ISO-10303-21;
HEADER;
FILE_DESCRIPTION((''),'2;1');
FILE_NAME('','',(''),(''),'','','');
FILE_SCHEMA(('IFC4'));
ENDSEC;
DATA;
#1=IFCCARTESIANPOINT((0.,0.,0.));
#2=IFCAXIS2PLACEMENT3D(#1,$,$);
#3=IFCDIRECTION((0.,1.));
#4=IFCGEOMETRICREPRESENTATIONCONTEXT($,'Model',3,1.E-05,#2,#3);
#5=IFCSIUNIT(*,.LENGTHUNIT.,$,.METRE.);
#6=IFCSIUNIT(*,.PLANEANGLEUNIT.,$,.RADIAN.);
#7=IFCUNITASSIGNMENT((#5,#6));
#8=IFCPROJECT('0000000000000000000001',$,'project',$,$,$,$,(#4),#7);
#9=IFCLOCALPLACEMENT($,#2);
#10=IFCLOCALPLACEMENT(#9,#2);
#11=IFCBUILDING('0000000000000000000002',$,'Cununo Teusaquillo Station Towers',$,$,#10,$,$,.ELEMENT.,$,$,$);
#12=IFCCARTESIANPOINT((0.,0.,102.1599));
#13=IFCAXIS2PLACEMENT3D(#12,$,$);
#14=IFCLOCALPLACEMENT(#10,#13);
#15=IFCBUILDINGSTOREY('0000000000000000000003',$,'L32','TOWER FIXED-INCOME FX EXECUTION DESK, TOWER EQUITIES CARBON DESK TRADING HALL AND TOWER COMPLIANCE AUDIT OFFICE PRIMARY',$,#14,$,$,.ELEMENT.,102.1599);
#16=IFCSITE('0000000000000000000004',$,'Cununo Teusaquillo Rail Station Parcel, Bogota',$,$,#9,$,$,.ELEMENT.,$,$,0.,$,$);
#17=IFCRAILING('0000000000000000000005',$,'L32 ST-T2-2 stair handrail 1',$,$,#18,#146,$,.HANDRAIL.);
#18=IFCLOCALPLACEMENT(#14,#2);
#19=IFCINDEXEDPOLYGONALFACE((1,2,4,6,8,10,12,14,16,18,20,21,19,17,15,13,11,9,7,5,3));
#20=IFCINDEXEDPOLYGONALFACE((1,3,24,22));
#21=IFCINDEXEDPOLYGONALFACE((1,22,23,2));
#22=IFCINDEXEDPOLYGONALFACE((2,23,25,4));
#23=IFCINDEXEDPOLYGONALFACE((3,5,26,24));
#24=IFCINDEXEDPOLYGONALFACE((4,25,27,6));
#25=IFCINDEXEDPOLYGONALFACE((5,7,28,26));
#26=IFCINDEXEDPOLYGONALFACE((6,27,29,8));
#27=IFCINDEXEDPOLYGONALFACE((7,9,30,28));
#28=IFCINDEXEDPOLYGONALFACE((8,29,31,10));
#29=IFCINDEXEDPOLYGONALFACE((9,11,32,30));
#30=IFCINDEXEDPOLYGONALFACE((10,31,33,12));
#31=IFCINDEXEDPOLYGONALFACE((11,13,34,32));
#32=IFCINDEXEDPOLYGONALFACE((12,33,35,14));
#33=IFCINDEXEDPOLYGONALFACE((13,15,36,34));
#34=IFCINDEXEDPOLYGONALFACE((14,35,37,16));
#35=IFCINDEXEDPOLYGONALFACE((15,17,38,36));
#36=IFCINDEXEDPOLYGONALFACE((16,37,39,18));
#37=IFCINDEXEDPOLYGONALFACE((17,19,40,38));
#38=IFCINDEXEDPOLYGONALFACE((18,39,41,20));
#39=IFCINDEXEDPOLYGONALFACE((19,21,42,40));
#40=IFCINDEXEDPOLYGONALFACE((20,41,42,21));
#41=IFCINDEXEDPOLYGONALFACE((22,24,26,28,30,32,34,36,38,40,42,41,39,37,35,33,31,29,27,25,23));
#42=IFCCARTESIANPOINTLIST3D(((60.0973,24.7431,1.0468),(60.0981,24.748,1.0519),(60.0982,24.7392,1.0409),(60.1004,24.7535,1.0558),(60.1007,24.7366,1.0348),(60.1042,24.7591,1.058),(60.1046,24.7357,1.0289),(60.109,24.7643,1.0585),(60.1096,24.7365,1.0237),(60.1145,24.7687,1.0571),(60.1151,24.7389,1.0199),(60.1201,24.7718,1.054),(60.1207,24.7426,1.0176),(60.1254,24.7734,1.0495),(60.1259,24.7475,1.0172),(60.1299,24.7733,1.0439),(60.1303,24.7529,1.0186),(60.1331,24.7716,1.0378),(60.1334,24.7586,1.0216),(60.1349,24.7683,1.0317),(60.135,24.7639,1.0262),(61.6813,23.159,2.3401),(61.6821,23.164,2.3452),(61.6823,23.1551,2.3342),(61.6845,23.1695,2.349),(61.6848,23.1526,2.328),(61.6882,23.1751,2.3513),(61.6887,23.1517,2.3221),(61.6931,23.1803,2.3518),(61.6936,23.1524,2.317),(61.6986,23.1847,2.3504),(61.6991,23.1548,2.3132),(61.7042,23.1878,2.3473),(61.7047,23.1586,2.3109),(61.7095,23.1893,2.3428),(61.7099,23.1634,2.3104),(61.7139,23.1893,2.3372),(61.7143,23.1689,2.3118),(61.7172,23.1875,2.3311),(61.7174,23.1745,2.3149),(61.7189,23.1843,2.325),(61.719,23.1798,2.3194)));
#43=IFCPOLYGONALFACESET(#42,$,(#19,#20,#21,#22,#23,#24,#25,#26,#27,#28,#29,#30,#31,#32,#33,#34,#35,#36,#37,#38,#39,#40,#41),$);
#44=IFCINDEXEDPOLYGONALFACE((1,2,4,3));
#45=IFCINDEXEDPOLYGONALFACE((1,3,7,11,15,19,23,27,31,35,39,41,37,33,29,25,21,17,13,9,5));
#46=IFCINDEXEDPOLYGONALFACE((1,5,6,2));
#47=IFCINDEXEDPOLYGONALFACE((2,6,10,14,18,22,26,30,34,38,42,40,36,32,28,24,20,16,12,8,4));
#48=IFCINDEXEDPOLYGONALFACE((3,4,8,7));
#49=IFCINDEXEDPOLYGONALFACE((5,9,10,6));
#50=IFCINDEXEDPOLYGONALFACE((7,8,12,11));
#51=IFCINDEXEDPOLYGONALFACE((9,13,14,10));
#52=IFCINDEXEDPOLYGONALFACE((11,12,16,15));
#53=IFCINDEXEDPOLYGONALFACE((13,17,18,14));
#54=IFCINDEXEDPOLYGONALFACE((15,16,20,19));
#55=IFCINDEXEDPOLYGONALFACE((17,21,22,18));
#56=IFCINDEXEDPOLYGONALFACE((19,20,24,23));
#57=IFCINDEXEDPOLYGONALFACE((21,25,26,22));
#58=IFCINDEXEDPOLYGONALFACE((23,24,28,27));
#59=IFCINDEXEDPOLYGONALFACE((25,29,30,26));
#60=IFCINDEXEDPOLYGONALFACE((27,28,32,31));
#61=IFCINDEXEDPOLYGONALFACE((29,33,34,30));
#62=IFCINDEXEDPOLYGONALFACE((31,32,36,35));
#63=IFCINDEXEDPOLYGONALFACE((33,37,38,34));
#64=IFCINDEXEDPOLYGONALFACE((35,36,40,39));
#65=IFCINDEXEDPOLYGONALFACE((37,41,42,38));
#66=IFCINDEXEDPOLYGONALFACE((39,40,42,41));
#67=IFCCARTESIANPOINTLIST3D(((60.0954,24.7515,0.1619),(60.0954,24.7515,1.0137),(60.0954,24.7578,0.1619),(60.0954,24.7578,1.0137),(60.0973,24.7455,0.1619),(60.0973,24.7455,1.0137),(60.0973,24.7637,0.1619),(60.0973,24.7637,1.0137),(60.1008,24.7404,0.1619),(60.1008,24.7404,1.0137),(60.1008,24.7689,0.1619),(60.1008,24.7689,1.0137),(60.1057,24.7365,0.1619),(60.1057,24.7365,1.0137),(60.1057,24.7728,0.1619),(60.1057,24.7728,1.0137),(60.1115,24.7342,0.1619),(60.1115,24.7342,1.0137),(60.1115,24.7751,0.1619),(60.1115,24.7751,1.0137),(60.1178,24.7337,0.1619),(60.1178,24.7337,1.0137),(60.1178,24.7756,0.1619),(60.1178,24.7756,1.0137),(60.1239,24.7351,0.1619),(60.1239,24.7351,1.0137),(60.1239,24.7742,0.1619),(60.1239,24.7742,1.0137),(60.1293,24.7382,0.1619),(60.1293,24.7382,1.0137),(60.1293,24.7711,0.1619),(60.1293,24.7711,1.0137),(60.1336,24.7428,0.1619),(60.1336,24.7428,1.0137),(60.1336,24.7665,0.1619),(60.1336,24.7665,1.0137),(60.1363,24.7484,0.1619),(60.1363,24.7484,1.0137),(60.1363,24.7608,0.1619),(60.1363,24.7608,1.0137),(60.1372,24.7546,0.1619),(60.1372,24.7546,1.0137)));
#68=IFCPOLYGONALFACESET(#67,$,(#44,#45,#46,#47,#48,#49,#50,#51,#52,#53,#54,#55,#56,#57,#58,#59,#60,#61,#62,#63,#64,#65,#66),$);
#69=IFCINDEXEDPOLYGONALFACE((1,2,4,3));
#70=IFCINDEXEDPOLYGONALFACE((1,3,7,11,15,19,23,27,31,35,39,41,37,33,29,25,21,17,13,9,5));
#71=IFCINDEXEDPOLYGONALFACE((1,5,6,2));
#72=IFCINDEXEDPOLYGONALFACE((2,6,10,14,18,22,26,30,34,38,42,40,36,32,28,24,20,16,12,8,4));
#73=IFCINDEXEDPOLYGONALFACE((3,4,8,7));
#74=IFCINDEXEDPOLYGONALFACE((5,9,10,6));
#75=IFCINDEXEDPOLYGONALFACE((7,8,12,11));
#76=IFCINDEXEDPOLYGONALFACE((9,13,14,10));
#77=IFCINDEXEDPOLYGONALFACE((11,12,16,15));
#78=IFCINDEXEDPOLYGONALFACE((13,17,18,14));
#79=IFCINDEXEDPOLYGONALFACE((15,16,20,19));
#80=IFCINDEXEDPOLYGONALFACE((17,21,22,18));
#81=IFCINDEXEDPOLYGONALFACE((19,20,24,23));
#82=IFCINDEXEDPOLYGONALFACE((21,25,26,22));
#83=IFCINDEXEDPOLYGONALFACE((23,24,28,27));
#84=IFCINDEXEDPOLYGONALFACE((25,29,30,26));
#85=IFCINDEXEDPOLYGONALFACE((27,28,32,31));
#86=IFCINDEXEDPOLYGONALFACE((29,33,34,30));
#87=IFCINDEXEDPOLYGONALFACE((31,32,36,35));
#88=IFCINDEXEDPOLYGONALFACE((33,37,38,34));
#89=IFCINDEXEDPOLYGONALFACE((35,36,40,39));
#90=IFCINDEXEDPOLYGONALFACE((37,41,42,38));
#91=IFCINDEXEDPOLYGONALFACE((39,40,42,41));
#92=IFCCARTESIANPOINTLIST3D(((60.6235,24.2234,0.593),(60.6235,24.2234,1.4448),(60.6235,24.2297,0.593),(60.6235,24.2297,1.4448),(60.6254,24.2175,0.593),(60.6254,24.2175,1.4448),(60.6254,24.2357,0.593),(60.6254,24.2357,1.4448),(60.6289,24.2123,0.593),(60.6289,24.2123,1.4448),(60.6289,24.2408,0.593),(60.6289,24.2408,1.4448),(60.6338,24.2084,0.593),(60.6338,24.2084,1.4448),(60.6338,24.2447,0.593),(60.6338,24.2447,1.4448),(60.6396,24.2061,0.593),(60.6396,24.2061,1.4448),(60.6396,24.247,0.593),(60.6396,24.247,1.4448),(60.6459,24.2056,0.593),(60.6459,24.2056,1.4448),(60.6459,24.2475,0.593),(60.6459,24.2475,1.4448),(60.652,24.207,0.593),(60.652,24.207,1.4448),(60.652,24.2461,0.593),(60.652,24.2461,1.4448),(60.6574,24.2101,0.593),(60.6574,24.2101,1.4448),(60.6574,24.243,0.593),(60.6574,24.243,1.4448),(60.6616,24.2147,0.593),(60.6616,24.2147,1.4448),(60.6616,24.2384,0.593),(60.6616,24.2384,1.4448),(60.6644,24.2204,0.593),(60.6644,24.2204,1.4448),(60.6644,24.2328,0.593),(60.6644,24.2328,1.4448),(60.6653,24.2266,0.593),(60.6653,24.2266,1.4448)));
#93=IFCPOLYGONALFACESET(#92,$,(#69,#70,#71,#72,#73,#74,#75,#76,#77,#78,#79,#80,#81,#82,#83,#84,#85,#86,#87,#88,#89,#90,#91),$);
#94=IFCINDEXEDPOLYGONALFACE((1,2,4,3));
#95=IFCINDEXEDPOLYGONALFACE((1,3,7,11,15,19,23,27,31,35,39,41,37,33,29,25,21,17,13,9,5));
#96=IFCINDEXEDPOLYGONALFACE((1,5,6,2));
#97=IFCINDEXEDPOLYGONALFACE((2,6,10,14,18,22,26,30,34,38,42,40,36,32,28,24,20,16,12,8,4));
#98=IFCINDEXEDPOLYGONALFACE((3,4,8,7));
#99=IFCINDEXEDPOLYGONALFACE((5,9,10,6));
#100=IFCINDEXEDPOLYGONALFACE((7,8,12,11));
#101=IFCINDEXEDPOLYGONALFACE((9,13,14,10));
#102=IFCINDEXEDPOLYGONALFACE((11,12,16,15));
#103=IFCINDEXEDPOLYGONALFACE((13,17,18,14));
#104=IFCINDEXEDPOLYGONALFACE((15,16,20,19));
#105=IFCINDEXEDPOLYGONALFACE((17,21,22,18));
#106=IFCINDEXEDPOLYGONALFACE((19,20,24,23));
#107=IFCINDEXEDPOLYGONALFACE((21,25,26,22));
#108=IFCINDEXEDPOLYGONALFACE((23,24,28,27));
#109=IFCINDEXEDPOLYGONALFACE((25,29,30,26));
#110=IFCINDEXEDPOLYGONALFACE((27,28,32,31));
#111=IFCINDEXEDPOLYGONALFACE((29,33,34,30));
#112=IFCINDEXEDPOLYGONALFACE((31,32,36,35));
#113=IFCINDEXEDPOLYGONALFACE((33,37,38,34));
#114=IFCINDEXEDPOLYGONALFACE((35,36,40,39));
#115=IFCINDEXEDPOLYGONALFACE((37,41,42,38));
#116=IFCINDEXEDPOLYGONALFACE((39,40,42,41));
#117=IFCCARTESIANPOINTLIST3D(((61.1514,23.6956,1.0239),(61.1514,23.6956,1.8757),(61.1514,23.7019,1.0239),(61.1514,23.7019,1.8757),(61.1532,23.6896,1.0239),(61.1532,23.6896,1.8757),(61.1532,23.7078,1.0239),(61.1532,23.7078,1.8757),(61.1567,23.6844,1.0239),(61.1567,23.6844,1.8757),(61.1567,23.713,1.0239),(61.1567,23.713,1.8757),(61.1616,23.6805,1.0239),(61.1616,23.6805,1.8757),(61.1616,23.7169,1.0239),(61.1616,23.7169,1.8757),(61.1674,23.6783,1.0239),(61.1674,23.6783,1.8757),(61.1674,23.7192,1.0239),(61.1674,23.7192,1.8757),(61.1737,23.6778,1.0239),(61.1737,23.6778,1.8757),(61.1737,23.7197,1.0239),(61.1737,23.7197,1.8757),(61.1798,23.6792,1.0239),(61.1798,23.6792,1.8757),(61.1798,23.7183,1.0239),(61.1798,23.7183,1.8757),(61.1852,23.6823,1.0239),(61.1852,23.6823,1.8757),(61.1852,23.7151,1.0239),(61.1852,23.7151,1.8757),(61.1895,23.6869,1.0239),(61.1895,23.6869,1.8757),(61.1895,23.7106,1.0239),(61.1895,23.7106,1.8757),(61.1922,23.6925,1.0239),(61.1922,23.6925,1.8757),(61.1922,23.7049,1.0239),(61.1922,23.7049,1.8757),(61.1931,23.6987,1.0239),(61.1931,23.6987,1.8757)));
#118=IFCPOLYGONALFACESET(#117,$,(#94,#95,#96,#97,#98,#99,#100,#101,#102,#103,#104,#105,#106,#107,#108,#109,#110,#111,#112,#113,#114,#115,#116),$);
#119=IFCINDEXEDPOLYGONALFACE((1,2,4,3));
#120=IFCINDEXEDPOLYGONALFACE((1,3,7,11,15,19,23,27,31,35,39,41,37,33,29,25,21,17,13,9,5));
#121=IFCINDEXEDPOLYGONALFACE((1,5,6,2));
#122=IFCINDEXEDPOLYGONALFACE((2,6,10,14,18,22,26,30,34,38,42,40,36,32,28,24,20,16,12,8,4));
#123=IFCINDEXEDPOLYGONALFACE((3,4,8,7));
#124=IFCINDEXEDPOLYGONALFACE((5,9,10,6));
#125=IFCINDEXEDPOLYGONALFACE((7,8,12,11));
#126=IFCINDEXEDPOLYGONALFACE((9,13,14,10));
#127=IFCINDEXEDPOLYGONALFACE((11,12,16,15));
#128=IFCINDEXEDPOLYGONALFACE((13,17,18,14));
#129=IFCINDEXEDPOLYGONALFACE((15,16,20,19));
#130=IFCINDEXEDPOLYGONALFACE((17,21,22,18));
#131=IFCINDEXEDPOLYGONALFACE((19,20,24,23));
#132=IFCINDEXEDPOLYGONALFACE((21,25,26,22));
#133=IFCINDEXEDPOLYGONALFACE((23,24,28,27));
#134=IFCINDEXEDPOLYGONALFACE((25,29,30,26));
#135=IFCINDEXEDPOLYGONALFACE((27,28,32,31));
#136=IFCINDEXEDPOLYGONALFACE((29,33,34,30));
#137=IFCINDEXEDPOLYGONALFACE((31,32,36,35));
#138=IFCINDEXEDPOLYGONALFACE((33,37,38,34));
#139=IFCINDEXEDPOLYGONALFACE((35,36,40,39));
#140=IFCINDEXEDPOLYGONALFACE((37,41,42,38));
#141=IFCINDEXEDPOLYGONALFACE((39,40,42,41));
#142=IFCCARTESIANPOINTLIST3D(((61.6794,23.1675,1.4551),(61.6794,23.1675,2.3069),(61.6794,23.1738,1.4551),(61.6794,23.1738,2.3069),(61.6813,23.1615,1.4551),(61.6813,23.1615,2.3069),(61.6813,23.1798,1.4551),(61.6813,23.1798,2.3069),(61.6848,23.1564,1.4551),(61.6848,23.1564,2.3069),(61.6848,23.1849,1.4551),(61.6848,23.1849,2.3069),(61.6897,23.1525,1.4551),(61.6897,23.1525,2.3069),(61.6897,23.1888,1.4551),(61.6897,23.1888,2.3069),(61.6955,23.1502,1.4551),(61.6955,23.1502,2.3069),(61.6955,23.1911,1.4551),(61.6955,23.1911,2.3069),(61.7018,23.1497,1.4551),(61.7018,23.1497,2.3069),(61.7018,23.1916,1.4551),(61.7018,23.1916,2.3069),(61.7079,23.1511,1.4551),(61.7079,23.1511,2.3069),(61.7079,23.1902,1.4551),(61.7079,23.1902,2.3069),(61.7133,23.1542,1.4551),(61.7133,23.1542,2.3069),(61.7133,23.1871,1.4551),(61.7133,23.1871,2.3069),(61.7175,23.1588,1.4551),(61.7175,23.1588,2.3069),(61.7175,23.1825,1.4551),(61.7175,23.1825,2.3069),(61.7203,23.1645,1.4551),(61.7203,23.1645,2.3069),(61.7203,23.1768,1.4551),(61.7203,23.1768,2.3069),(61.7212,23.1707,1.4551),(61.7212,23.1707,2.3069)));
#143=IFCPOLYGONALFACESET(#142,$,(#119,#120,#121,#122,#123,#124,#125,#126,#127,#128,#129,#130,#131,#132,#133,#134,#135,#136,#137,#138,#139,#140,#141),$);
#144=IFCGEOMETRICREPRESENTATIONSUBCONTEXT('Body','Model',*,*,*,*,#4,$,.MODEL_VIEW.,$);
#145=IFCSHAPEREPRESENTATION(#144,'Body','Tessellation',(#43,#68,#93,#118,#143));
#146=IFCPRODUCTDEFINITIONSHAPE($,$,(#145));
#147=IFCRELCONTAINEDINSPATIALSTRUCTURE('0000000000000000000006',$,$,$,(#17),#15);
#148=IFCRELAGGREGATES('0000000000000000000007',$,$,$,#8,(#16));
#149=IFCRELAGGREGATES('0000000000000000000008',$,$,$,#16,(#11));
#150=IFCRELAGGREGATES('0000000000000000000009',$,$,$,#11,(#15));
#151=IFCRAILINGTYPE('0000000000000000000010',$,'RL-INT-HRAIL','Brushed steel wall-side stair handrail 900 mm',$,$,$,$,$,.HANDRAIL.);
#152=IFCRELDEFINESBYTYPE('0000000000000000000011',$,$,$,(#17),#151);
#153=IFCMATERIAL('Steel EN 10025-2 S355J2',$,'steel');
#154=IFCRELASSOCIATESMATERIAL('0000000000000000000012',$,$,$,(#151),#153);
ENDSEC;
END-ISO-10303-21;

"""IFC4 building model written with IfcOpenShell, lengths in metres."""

from ifc_helpers import new_model, si_unit, direction, frame, origin, origin_2d, place, context, subcontext, project, spatial, circle, extrude, material, type_object, element, save


model = new_model("IFC4")

# Units and contexts
model_context = context("Model", 3, precision=1e-05, world=origin(), true_north=direction((0.0, 1.0)))
body_context = subcontext(model_context, "Body", "Model", "MODEL_VIEW")
ifc_project = project(units=[si_unit("LENGTHUNIT", "METRE"), si_unit("PLANEANGLEUNIT", "RADIAN")], contexts=[model_context])

# Site, building, storey
site_placement = place(None, origin())
site = spatial("IfcSite", under=ifc_project, at=site_placement, Name="Cununo Teusaquillo Rail Station Parcel, Bogota", CompositionType="ELEMENT", RefElevation=0.0)
building_placement = place(site_placement, origin())
building = spatial("IfcBuilding", under=site, at=building_placement, Name="Cununo Teusaquillo Station Towers", CompositionType="ELEMENT")
storey_placement = place(building_placement, frame((0.0, 0.0, 102.1599)))
storey = spatial("IfcBuildingStorey", under=building, at=storey_placement, Name="L32", Description="TOWER FIXED-INCOME FX EXECUTION DESK, TOWER EQUITIES CARBON DESK TRADING HALL AND TOWER COMPLIANCE AUDIT OFFICE PRIMARY", CompositionType="ELEMENT", Elevation=102.1599)

# Railing
ifc_material_1 = material(Name="Steel EN 10025-2 S355J2", Category="steel")
railing_type_1 = type_object("IfcRailingType", Name="RL-INT-HRAIL", Description="Brushed steel wall-side stair handrail 900 mm", PredefinedType="HANDRAIL", material=ifc_material_1)
railing_1_placement = place(storey_placement, frame((60.1162, 24.7546, 0.1619)))
element("IfcRailing", 1, at=railing_1_placement, inside=storey, type_object=railing_type_1, Name="L32 ST-T2-2 stair handrail 1", PredefinedType="HANDRAIL", context=body_context, shape_type="SweptSolid", body=[
    extrude(circle(Radius=0.0239, at=origin_2d()), frame((0.0, 0.0, 0.876), z_axis=(0.612385, -0.612385, 0.49997), x_axis=(0.707107, 0.707107, 0.0)), (0.0, 0.0, 1.0), 2.5867),
    extrude(circle(Radius=0.021, at=origin_2d()), origin(), (0.0, 0.0, 1.0), 0.8518),
    extrude(circle(Radius=0.021, at=origin_2d()), frame((0.5281, -0.5281, 0.4312)), (0.0, 0.0, 1.0), 0.8518),
    extrude(circle(Radius=0.021, at=origin_2d()), frame((1.0559, -1.0559, 0.8621)), (0.0, 0.0, 1.0), 0.8518),
    extrude(circle(Radius=0.021, at=origin_2d()), frame((1.584, -1.584, 1.2932)), (0.0, 0.0, 1.0), 0.8518),
])

save(model, "model.ifc")
